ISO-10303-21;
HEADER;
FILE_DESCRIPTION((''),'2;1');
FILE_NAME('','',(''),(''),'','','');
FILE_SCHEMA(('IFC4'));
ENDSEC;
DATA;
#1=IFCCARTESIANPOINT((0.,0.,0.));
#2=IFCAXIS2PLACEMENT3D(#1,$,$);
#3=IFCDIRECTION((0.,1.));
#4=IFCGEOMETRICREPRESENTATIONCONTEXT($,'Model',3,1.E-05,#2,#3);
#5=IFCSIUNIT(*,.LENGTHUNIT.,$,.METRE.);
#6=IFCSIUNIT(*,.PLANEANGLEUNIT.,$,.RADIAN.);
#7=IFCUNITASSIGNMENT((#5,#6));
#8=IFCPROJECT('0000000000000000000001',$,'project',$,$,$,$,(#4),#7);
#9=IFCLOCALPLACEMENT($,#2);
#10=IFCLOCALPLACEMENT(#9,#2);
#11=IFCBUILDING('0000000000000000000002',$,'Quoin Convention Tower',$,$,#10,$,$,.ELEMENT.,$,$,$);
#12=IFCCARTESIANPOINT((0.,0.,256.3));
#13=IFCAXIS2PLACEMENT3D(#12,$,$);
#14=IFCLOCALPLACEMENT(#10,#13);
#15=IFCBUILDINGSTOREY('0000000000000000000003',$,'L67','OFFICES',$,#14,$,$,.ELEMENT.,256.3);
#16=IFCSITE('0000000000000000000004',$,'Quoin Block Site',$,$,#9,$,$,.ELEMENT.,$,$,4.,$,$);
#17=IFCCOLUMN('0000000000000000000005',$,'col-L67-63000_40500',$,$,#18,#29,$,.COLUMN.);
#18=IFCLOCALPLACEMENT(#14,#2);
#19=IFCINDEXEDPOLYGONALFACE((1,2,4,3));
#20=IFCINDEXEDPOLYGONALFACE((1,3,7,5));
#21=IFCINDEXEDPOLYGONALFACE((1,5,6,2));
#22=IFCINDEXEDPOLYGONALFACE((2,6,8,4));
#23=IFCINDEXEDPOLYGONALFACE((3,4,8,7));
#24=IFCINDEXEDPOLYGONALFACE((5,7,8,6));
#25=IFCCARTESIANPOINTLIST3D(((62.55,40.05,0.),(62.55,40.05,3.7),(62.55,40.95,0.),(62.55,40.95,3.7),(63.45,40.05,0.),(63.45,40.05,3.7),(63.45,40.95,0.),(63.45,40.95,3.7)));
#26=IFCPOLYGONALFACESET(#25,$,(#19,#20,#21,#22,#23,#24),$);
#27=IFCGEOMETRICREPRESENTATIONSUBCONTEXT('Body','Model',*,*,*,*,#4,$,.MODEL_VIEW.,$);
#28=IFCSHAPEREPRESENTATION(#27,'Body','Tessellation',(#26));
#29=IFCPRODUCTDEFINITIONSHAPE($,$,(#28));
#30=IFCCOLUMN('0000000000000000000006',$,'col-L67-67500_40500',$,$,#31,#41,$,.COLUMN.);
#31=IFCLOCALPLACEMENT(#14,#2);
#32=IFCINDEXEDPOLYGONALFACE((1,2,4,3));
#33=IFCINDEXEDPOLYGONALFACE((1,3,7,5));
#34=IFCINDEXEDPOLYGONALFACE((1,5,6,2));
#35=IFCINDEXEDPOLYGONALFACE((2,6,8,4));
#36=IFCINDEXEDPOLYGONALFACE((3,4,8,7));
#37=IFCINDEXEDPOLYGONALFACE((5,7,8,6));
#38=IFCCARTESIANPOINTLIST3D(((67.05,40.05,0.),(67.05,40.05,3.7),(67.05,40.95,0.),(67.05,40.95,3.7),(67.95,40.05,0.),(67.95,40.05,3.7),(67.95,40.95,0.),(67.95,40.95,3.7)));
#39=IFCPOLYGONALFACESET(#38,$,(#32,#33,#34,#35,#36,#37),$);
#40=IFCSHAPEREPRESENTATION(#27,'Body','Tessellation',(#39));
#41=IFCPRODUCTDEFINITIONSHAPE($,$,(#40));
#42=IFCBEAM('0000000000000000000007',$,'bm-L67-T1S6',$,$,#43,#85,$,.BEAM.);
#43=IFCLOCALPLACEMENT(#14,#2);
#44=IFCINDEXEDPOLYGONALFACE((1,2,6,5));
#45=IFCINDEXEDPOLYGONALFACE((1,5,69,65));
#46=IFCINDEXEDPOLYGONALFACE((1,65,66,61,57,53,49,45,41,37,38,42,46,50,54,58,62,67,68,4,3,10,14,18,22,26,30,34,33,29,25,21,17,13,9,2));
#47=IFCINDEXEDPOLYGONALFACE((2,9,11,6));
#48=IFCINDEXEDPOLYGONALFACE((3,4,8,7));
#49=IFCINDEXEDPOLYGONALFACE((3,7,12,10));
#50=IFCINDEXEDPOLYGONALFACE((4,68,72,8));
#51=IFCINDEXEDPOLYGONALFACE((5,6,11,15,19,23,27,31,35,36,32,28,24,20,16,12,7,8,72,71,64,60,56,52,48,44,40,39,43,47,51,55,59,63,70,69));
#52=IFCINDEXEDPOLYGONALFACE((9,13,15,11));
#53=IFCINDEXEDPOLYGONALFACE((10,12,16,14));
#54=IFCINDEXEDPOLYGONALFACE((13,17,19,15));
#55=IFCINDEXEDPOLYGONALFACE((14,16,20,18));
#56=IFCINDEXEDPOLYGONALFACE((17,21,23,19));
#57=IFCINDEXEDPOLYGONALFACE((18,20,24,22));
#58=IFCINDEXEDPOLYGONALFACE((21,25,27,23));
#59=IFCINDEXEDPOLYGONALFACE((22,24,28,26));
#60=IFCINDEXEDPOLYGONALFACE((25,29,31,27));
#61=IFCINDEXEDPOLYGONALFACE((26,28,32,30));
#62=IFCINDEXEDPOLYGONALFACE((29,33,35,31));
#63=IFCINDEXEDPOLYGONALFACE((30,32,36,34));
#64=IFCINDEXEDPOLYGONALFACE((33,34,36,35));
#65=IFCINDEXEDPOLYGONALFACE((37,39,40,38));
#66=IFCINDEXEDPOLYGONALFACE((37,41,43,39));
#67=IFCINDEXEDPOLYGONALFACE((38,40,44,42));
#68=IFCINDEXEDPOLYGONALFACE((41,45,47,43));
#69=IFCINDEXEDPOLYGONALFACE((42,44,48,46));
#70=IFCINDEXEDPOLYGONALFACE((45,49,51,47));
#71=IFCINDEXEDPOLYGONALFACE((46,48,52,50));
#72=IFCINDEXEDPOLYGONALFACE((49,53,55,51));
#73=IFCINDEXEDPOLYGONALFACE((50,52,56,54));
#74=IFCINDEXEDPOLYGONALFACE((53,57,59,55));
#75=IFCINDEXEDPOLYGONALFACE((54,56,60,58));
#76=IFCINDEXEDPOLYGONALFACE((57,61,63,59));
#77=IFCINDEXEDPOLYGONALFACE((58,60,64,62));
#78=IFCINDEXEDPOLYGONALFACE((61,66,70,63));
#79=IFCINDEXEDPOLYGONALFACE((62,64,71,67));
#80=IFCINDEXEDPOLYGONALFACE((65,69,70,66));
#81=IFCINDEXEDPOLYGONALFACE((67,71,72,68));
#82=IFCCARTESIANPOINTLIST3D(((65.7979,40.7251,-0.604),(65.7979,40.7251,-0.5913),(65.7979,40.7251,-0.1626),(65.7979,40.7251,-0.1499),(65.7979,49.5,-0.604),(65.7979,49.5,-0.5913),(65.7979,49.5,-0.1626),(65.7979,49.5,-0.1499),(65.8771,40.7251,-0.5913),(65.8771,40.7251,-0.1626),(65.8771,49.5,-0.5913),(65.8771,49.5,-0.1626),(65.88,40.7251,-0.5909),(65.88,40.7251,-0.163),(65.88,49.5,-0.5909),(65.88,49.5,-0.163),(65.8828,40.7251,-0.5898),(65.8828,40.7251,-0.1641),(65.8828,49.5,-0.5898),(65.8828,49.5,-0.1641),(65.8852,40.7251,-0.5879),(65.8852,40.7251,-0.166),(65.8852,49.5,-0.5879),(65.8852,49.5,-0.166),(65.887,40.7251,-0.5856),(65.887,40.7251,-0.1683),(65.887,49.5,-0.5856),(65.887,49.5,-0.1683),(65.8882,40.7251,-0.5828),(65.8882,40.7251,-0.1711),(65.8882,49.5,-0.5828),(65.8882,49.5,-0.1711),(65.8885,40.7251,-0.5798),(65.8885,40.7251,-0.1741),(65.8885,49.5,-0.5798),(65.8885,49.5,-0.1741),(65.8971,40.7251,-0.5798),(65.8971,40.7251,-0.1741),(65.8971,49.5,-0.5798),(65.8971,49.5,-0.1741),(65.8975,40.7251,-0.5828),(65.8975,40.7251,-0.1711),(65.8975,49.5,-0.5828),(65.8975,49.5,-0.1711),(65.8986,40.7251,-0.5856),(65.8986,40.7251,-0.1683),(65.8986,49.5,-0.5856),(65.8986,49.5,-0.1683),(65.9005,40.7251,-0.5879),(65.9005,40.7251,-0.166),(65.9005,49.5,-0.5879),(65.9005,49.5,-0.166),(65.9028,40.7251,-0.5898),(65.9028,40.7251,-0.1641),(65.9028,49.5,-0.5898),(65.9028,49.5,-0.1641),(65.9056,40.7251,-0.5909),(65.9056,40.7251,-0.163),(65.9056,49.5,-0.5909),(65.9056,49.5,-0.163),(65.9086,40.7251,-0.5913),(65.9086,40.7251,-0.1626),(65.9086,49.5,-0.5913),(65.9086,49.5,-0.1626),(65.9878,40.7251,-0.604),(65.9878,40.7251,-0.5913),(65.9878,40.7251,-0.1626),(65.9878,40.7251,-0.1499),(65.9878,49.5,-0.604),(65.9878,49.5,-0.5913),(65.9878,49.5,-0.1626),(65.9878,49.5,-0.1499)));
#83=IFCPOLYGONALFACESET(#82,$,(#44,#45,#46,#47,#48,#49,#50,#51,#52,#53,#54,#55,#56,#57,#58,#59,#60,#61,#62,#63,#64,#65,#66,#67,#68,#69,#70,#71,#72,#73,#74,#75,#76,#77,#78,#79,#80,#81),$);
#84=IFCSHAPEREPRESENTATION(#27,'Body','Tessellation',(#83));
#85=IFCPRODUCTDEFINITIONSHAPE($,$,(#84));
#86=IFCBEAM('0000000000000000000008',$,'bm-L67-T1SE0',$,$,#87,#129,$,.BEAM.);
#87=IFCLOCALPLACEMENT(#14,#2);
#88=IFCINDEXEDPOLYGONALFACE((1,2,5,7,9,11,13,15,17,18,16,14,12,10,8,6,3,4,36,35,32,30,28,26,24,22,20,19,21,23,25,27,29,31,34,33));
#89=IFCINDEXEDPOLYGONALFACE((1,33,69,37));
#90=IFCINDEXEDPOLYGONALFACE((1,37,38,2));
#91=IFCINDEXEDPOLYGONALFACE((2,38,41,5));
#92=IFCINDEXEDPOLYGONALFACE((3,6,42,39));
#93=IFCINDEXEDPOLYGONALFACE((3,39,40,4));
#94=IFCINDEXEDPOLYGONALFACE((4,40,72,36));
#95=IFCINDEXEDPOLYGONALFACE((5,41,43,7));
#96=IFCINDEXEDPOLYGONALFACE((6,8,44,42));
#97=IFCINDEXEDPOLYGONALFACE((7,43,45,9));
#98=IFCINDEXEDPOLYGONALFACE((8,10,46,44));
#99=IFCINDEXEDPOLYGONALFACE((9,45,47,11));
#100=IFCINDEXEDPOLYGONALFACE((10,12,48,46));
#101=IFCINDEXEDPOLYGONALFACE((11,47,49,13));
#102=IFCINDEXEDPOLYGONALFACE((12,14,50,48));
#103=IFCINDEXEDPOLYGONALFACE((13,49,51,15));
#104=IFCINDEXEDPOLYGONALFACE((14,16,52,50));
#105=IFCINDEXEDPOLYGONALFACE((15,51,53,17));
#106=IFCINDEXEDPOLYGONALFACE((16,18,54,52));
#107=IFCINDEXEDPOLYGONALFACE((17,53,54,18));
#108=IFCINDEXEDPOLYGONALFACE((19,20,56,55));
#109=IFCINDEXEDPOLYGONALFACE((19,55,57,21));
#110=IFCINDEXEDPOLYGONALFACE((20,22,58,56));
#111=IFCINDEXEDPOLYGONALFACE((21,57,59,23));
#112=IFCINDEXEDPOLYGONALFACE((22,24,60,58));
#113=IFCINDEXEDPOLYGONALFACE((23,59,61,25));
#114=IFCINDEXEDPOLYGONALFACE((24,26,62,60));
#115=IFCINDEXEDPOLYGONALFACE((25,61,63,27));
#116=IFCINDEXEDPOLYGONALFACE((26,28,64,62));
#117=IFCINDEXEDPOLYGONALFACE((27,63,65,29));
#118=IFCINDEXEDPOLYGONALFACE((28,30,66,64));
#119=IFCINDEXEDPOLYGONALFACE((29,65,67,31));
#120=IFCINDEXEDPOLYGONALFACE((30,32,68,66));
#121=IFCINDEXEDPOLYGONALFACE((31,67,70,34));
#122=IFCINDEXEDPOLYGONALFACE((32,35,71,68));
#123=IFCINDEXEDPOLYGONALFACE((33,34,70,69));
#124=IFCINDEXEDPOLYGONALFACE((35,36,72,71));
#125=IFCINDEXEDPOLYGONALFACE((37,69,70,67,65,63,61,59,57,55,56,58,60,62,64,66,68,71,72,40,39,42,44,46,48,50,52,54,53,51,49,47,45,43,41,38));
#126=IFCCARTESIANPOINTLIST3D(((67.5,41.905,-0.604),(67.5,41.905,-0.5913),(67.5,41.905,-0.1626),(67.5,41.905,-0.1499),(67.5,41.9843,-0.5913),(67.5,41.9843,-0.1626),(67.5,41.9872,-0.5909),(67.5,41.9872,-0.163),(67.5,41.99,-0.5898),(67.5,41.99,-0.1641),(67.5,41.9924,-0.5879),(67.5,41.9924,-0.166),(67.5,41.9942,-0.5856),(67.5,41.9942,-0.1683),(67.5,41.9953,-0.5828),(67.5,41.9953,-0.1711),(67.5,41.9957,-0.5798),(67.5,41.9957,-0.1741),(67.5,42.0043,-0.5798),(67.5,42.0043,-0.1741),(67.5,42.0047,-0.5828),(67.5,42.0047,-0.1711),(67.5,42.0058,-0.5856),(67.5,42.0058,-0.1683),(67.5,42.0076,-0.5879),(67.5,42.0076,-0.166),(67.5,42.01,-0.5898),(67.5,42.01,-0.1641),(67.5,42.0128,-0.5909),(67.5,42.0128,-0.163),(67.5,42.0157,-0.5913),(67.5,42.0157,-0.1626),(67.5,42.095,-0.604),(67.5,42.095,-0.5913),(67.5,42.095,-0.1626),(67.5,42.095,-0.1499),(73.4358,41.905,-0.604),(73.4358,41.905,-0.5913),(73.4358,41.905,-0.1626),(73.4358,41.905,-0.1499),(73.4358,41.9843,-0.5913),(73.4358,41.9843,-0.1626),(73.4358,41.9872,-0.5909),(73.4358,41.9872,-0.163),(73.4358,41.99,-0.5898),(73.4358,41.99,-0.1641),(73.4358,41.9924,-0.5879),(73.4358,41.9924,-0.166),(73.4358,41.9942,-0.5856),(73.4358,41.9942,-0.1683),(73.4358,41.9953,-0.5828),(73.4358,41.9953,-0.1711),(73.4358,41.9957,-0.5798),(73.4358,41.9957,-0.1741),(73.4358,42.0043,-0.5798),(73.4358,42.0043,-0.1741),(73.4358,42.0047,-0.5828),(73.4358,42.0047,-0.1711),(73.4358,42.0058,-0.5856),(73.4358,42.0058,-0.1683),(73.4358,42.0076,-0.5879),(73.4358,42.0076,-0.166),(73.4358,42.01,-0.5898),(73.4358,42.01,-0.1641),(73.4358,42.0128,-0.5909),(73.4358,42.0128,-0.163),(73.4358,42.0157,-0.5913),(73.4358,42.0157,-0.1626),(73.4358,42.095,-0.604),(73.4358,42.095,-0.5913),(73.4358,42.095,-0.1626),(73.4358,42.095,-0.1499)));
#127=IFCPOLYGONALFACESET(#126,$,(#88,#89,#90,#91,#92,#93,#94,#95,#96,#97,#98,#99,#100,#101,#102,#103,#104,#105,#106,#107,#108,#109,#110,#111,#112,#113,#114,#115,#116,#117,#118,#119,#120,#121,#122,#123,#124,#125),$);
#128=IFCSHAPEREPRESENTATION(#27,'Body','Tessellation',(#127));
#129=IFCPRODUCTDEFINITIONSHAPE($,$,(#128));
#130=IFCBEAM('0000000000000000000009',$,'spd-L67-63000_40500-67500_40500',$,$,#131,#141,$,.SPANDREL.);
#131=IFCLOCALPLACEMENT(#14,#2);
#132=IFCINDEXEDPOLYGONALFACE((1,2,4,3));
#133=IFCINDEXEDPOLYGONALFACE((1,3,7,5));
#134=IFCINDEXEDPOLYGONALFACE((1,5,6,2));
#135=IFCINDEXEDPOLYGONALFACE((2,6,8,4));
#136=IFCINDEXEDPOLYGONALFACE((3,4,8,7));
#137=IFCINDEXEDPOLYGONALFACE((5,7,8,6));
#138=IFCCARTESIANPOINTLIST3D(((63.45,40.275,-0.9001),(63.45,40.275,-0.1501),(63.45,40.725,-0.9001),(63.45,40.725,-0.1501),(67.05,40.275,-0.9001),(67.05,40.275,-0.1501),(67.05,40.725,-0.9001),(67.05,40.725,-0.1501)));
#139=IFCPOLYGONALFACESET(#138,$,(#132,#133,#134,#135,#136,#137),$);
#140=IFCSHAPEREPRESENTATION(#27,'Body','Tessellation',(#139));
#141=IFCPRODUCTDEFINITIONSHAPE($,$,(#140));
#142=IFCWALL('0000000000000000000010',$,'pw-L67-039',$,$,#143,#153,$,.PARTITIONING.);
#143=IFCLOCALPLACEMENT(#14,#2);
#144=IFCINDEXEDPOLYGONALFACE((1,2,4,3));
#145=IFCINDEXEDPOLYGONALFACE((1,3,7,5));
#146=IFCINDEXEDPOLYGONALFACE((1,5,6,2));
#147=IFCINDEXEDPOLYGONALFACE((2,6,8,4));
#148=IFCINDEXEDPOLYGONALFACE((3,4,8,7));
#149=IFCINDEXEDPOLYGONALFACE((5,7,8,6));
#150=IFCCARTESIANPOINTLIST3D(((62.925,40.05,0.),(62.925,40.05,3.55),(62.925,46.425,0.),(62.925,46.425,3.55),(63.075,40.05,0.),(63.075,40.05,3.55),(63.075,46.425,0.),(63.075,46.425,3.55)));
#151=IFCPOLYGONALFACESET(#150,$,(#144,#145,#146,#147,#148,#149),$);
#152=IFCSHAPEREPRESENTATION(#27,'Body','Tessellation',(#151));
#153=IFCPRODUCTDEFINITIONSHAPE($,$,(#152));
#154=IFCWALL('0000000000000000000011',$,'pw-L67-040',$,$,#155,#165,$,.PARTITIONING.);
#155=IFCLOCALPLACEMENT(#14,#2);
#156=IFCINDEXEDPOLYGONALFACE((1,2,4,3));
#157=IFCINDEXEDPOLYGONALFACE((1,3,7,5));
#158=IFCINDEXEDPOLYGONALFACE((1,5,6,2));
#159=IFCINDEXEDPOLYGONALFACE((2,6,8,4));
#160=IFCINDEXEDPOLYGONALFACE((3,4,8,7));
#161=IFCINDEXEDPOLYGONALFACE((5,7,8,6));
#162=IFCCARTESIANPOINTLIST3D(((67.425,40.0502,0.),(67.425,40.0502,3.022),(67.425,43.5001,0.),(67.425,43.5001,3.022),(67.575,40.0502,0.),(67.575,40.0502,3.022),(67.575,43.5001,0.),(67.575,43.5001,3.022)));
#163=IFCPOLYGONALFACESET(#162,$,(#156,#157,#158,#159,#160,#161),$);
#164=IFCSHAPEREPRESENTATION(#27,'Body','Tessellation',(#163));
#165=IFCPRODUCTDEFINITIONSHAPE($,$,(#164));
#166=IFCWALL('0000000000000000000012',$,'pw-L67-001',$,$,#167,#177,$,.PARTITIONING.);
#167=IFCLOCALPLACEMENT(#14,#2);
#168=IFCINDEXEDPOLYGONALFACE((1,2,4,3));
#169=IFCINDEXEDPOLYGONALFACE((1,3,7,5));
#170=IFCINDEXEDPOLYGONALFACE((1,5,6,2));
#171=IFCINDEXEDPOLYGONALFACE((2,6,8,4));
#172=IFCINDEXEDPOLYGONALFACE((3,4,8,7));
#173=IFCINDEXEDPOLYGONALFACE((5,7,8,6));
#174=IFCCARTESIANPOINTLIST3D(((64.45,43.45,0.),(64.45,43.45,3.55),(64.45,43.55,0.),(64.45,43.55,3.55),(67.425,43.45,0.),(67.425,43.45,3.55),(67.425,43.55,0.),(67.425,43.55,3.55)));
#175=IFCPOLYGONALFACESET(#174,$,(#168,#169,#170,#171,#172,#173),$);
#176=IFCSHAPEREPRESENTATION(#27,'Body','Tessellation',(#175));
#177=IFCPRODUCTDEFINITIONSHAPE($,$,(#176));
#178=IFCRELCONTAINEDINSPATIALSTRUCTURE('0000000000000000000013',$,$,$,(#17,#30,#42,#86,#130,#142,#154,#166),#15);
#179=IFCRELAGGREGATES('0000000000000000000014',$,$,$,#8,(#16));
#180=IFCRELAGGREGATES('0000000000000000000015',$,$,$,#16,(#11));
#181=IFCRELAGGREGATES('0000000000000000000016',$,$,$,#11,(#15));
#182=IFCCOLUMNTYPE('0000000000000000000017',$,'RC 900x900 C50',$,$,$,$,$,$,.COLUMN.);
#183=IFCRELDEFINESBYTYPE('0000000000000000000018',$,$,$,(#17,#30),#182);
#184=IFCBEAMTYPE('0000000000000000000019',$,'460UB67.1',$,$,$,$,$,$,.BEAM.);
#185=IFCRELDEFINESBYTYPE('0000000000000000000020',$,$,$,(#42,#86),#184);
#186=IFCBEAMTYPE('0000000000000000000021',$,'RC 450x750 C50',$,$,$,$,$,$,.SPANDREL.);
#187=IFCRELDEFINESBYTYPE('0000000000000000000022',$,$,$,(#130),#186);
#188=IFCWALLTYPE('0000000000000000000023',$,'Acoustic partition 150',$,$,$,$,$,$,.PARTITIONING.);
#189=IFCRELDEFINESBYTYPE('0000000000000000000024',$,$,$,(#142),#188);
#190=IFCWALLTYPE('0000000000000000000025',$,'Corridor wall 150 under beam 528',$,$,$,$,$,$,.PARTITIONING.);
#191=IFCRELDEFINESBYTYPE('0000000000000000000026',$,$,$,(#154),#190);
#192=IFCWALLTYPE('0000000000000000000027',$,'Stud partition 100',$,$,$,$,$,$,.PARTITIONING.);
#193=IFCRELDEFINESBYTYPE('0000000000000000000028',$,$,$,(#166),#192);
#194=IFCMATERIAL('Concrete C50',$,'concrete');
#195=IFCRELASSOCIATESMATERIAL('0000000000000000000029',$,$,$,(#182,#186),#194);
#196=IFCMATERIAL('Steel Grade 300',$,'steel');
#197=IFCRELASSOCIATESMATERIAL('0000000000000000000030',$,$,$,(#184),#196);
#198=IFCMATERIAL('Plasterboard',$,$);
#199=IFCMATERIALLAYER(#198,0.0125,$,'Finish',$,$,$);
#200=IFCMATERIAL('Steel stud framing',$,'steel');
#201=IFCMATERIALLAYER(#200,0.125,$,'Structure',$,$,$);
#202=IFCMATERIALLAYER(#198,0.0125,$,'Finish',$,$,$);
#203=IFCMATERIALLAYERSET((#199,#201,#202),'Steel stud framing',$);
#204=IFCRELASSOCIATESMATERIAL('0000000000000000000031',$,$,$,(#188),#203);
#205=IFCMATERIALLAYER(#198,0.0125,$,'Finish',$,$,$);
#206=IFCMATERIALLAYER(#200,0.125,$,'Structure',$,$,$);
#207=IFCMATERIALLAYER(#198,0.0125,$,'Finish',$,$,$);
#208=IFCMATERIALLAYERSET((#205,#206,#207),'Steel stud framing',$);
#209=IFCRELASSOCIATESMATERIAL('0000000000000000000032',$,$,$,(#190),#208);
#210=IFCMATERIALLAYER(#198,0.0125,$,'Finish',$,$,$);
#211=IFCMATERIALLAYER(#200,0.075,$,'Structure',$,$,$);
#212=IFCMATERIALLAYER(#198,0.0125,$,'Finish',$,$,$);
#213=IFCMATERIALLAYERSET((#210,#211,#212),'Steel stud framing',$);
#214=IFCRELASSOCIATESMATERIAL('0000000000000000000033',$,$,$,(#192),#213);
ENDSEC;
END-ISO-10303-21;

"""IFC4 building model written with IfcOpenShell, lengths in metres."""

from ifc_helpers import new_model, si_unit, direction, frame, frame_2d, origin, origin_2d, place, context, subcontext, project, spatial, rectangle, i_section, extrude, material, layer, layer_set, material_profile, profile_set, type_object, element, save


model = new_model("IFC4")

# Units and contexts
model_context = context("Model", 3, precision=1e-05, world=origin(), true_north=direction((0.0, 1.0)))
body_context = subcontext(model_context, "Body", "Model", "MODEL_VIEW")
ifc_project = project(units=[si_unit("LENGTHUNIT", "METRE"), si_unit("PLANEANGLEUNIT", "RADIAN")], contexts=[model_context])

# Site, building, storey
site_placement = place(None, origin())
site = spatial("IfcSite", under=ifc_project, at=site_placement, Name="Quoin Block Site", CompositionType="ELEMENT", RefElevation=4.0)
building_placement = place(site_placement, origin())
building = spatial("IfcBuilding", under=site, at=building_placement, Name="Quoin Convention Tower", CompositionType="ELEMENT")
storey_placement = place(building_placement, frame((0.0, 0.0, 256.3)))
storey = spatial("IfcBuildingStorey", under=building, at=storey_placement, Name="L67", Description="OFFICES", CompositionType="ELEMENT", Elevation=256.3)

# Columns
ifc_material_1 = material(Name="Concrete C50", Category="concrete")
ifc_material_profile_1 = material_profile(ifc_material_1, rectangle(XDim=0.8999, YDim=0.8999, at=origin_2d()), Name="RC 900x900")
ifc_profile_set_1 = profile_set([ifc_material_profile_1], Name="Concrete C50")
column_type = type_object("IfcColumnType", Name="RC 900x900 C50", PredefinedType="COLUMN", material=ifc_profile_set_1)
for number, where, z_axis, x_axis, name in (
    (1, (63.0, 40.5, 0.0), (0.0, 0.0, 1.0), (1.0, 0.0, 0.0), "col-L67-63000_40500"),
    (2, (67.5, 40.5, 0.0), (0.0, 0.0, 1.0), (1.0, 0.0, 0.0), "col-L67-67500_40500"),
):
    element("IfcColumn", number, at=place(storey_placement, frame(where, z_axis=z_axis, x_axis=x_axis)), inside=storey, type_object=column_type, Name=name, PredefinedType="COLUMN", context=body_context, shape_type="SweptSolid", body=[
        extrude(rectangle(XDim=0.8999, YDim=0.8999, at=origin_2d()), origin(), (0.0, 0.0, 1.0), 3.7),
    ])

# Beams
ifc_material_2 = material(Name="Steel Grade 300", Category="steel")
ifc_material_profile_2 = material_profile(ifc_material_2, i_section(OverallWidth=0.1899, OverallDepth=0.4541, WebThickness=0.0085, FlangeThickness=0.0127, FilletRadius=0.0115, at=origin_2d()), Name="460UB67.1")
ifc_profile_set_2 = profile_set([ifc_material_profile_2], Name="Steel Grade 300")
beam_type_1 = type_object("IfcBeamType", Name="460UB67.1", PredefinedType="BEAM", material=ifc_profile_set_2)
beam_1_placement = place(storey_placement, frame((65.8928, 40.7251, -0.377), z_axis=(0.0, 1.0, 0.0), x_axis=(-1.0, 0.0, 0.0)))
element("IfcBeam", 3, at=beam_1_placement, inside=storey, type_object=beam_type_1, Name="bm-L67-T1S6", PredefinedType="BEAM", context=body_context, shape_type="SweptSolid", body=[
    extrude(i_section(OverallWidth=0.1899, OverallDepth=0.4541, WebThickness=0.0085, FlangeThickness=0.0127, FilletRadius=0.0115, at=origin_2d()), origin(), (0.0, 0.0, 1.0), 8.7749),
])
beam_2_placement = place(storey_placement, frame((67.5, 42.0, -0.377), z_axis=(1.0, 0.0, 0.0), x_axis=(0.0, 1.0, 0.0)))
element("IfcBeam", 4, at=beam_2_placement, inside=storey, type_object=beam_type_1, Name="bm-L67-T1SE0", PredefinedType="BEAM", context=body_context, shape_type="SweptSolid", body=[
    extrude(i_section(OverallWidth=0.1899, OverallDepth=0.4541, WebThickness=0.0085, FlangeThickness=0.0127, FilletRadius=0.0115, at=origin_2d()), origin(), (0.0, 0.0, 1.0), 5.9358),
])
ifc_material_profile_3 = material_profile(ifc_material_1, rectangle(XDim=0.45, YDim=0.75, at=origin_2d()), Name="RC 450x750")
ifc_profile_set_3 = profile_set([ifc_material_profile_3], Name="Concrete C50")
beam_type_2 = type_object("IfcBeamType", Name="RC 450x750 C50", PredefinedType="SPANDREL", material=ifc_profile_set_3)
beam_3_placement = place(storey_placement, frame((63.45, 40.5, -0.5251), z_axis=(1.0, 0.0, 0.0), x_axis=(0.0, 1.0, 0.0)))
element("IfcBeam", 5, at=beam_3_placement, inside=storey, type_object=beam_type_2, Name="spd-L67-63000_40500-67500_40500", PredefinedType="SPANDREL", context=body_context, shape_type="SweptSolid", body=[
    extrude(rectangle(XDim=0.45, YDim=0.75, at=origin_2d()), origin(), (0.0, 0.0, 1.0), 3.6001),
])

# Walls
ifc_material_3 = material(Name="Plasterboard")
ifc_layer_1 = layer(ifc_material_3, 0.0125, Name="Finish")
ifc_material_4 = material(Name="Steel stud framing", Category="steel")
ifc_layer_2 = layer(ifc_material_4, 0.125, Name="Structure")
ifc_layer_3 = layer(ifc_material_3, 0.0125, Name="Finish")
ifc_layer_set_1 = layer_set([ifc_layer_1, ifc_layer_2, ifc_layer_3], Name="Steel stud framing")
wall_type_1 = type_object("IfcWallType", Name="Acoustic partition 150", PredefinedType="PARTITIONING", material=ifc_layer_set_1)
wall_1_placement = place(storey_placement, frame((63.0, 40.05, 0.0), z_axis=(0.0, 0.0, 1.0), x_axis=(0.0, 1.0, 0.0)))
element("IfcWall", 6, at=wall_1_placement, inside=storey, type_object=wall_type_1, Name="pw-L67-039", PredefinedType="PARTITIONING", context=body_context, shape_type="SweptSolid", body=[
    extrude(rectangle(XDim=6.375, YDim=0.1499, at=frame_2d((3.1875, 0.0))), origin(), (0.0, 0.0, 1.0), 3.55),
])
ifc_layer_4 = layer(ifc_material_3, 0.0125, Name="Finish")
ifc_layer_5 = layer(ifc_material_4, 0.125, Name="Structure")
ifc_layer_6 = layer(ifc_material_3, 0.0125, Name="Finish")
ifc_layer_set_2 = layer_set([ifc_layer_4, ifc_layer_5, ifc_layer_6], Name="Steel stud framing")
wall_type_2 = type_object("IfcWallType", Name="Corridor wall 150 under beam 528", PredefinedType="PARTITIONING", material=ifc_layer_set_2)
wall_2_placement = place(storey_placement, frame((67.5, 40.05, 0.0), z_axis=(0.0, 0.0, 1.0), x_axis=(0.0, 1.0, 0.0)))
element("IfcWall", 7, at=wall_2_placement, inside=storey, type_object=wall_type_2, Name="pw-L67-040", PredefinedType="PARTITIONING", context=body_context, shape_type="SweptSolid", body=[
    extrude(rectangle(XDim=3.45, YDim=0.1499, at=frame_2d((1.7251, 0.0))), origin(), (0.0, 0.0, 1.0), 3.022),
])
ifc_layer_7 = layer(ifc_material_3, 0.0125, Name="Finish")
ifc_layer_8 = layer(ifc_material_4, 0.075, Name="Structure")
ifc_layer_9 = layer(ifc_material_3, 0.0125, Name="Finish")
ifc_layer_set_3 = layer_set([ifc_layer_7, ifc_layer_8, ifc_layer_9], Name="Steel stud framing")
wall_type_3 = type_object("IfcWallType", Name="Stud partition 100", PredefinedType="PARTITIONING", material=ifc_layer_set_3)
wall_3_placement = place(storey_placement, frame((64.45, 43.5, 0.0), z_axis=(0.0, 0.0, 1.0), x_axis=(1.0, 0.0, 0.0)))
element("IfcWall", 8, at=wall_3_placement, inside=storey, type_object=wall_type_3, Name="pw-L67-001", PredefinedType="PARTITIONING", context=body_context, shape_type="SweptSolid", body=[
    extrude(rectangle(XDim=2.9751, YDim=0.1001, at=frame_2d((1.4875, 0.0))), origin(), (0.0, 0.0, 1.0), 3.55),
])

save(model, "model.ifc")
